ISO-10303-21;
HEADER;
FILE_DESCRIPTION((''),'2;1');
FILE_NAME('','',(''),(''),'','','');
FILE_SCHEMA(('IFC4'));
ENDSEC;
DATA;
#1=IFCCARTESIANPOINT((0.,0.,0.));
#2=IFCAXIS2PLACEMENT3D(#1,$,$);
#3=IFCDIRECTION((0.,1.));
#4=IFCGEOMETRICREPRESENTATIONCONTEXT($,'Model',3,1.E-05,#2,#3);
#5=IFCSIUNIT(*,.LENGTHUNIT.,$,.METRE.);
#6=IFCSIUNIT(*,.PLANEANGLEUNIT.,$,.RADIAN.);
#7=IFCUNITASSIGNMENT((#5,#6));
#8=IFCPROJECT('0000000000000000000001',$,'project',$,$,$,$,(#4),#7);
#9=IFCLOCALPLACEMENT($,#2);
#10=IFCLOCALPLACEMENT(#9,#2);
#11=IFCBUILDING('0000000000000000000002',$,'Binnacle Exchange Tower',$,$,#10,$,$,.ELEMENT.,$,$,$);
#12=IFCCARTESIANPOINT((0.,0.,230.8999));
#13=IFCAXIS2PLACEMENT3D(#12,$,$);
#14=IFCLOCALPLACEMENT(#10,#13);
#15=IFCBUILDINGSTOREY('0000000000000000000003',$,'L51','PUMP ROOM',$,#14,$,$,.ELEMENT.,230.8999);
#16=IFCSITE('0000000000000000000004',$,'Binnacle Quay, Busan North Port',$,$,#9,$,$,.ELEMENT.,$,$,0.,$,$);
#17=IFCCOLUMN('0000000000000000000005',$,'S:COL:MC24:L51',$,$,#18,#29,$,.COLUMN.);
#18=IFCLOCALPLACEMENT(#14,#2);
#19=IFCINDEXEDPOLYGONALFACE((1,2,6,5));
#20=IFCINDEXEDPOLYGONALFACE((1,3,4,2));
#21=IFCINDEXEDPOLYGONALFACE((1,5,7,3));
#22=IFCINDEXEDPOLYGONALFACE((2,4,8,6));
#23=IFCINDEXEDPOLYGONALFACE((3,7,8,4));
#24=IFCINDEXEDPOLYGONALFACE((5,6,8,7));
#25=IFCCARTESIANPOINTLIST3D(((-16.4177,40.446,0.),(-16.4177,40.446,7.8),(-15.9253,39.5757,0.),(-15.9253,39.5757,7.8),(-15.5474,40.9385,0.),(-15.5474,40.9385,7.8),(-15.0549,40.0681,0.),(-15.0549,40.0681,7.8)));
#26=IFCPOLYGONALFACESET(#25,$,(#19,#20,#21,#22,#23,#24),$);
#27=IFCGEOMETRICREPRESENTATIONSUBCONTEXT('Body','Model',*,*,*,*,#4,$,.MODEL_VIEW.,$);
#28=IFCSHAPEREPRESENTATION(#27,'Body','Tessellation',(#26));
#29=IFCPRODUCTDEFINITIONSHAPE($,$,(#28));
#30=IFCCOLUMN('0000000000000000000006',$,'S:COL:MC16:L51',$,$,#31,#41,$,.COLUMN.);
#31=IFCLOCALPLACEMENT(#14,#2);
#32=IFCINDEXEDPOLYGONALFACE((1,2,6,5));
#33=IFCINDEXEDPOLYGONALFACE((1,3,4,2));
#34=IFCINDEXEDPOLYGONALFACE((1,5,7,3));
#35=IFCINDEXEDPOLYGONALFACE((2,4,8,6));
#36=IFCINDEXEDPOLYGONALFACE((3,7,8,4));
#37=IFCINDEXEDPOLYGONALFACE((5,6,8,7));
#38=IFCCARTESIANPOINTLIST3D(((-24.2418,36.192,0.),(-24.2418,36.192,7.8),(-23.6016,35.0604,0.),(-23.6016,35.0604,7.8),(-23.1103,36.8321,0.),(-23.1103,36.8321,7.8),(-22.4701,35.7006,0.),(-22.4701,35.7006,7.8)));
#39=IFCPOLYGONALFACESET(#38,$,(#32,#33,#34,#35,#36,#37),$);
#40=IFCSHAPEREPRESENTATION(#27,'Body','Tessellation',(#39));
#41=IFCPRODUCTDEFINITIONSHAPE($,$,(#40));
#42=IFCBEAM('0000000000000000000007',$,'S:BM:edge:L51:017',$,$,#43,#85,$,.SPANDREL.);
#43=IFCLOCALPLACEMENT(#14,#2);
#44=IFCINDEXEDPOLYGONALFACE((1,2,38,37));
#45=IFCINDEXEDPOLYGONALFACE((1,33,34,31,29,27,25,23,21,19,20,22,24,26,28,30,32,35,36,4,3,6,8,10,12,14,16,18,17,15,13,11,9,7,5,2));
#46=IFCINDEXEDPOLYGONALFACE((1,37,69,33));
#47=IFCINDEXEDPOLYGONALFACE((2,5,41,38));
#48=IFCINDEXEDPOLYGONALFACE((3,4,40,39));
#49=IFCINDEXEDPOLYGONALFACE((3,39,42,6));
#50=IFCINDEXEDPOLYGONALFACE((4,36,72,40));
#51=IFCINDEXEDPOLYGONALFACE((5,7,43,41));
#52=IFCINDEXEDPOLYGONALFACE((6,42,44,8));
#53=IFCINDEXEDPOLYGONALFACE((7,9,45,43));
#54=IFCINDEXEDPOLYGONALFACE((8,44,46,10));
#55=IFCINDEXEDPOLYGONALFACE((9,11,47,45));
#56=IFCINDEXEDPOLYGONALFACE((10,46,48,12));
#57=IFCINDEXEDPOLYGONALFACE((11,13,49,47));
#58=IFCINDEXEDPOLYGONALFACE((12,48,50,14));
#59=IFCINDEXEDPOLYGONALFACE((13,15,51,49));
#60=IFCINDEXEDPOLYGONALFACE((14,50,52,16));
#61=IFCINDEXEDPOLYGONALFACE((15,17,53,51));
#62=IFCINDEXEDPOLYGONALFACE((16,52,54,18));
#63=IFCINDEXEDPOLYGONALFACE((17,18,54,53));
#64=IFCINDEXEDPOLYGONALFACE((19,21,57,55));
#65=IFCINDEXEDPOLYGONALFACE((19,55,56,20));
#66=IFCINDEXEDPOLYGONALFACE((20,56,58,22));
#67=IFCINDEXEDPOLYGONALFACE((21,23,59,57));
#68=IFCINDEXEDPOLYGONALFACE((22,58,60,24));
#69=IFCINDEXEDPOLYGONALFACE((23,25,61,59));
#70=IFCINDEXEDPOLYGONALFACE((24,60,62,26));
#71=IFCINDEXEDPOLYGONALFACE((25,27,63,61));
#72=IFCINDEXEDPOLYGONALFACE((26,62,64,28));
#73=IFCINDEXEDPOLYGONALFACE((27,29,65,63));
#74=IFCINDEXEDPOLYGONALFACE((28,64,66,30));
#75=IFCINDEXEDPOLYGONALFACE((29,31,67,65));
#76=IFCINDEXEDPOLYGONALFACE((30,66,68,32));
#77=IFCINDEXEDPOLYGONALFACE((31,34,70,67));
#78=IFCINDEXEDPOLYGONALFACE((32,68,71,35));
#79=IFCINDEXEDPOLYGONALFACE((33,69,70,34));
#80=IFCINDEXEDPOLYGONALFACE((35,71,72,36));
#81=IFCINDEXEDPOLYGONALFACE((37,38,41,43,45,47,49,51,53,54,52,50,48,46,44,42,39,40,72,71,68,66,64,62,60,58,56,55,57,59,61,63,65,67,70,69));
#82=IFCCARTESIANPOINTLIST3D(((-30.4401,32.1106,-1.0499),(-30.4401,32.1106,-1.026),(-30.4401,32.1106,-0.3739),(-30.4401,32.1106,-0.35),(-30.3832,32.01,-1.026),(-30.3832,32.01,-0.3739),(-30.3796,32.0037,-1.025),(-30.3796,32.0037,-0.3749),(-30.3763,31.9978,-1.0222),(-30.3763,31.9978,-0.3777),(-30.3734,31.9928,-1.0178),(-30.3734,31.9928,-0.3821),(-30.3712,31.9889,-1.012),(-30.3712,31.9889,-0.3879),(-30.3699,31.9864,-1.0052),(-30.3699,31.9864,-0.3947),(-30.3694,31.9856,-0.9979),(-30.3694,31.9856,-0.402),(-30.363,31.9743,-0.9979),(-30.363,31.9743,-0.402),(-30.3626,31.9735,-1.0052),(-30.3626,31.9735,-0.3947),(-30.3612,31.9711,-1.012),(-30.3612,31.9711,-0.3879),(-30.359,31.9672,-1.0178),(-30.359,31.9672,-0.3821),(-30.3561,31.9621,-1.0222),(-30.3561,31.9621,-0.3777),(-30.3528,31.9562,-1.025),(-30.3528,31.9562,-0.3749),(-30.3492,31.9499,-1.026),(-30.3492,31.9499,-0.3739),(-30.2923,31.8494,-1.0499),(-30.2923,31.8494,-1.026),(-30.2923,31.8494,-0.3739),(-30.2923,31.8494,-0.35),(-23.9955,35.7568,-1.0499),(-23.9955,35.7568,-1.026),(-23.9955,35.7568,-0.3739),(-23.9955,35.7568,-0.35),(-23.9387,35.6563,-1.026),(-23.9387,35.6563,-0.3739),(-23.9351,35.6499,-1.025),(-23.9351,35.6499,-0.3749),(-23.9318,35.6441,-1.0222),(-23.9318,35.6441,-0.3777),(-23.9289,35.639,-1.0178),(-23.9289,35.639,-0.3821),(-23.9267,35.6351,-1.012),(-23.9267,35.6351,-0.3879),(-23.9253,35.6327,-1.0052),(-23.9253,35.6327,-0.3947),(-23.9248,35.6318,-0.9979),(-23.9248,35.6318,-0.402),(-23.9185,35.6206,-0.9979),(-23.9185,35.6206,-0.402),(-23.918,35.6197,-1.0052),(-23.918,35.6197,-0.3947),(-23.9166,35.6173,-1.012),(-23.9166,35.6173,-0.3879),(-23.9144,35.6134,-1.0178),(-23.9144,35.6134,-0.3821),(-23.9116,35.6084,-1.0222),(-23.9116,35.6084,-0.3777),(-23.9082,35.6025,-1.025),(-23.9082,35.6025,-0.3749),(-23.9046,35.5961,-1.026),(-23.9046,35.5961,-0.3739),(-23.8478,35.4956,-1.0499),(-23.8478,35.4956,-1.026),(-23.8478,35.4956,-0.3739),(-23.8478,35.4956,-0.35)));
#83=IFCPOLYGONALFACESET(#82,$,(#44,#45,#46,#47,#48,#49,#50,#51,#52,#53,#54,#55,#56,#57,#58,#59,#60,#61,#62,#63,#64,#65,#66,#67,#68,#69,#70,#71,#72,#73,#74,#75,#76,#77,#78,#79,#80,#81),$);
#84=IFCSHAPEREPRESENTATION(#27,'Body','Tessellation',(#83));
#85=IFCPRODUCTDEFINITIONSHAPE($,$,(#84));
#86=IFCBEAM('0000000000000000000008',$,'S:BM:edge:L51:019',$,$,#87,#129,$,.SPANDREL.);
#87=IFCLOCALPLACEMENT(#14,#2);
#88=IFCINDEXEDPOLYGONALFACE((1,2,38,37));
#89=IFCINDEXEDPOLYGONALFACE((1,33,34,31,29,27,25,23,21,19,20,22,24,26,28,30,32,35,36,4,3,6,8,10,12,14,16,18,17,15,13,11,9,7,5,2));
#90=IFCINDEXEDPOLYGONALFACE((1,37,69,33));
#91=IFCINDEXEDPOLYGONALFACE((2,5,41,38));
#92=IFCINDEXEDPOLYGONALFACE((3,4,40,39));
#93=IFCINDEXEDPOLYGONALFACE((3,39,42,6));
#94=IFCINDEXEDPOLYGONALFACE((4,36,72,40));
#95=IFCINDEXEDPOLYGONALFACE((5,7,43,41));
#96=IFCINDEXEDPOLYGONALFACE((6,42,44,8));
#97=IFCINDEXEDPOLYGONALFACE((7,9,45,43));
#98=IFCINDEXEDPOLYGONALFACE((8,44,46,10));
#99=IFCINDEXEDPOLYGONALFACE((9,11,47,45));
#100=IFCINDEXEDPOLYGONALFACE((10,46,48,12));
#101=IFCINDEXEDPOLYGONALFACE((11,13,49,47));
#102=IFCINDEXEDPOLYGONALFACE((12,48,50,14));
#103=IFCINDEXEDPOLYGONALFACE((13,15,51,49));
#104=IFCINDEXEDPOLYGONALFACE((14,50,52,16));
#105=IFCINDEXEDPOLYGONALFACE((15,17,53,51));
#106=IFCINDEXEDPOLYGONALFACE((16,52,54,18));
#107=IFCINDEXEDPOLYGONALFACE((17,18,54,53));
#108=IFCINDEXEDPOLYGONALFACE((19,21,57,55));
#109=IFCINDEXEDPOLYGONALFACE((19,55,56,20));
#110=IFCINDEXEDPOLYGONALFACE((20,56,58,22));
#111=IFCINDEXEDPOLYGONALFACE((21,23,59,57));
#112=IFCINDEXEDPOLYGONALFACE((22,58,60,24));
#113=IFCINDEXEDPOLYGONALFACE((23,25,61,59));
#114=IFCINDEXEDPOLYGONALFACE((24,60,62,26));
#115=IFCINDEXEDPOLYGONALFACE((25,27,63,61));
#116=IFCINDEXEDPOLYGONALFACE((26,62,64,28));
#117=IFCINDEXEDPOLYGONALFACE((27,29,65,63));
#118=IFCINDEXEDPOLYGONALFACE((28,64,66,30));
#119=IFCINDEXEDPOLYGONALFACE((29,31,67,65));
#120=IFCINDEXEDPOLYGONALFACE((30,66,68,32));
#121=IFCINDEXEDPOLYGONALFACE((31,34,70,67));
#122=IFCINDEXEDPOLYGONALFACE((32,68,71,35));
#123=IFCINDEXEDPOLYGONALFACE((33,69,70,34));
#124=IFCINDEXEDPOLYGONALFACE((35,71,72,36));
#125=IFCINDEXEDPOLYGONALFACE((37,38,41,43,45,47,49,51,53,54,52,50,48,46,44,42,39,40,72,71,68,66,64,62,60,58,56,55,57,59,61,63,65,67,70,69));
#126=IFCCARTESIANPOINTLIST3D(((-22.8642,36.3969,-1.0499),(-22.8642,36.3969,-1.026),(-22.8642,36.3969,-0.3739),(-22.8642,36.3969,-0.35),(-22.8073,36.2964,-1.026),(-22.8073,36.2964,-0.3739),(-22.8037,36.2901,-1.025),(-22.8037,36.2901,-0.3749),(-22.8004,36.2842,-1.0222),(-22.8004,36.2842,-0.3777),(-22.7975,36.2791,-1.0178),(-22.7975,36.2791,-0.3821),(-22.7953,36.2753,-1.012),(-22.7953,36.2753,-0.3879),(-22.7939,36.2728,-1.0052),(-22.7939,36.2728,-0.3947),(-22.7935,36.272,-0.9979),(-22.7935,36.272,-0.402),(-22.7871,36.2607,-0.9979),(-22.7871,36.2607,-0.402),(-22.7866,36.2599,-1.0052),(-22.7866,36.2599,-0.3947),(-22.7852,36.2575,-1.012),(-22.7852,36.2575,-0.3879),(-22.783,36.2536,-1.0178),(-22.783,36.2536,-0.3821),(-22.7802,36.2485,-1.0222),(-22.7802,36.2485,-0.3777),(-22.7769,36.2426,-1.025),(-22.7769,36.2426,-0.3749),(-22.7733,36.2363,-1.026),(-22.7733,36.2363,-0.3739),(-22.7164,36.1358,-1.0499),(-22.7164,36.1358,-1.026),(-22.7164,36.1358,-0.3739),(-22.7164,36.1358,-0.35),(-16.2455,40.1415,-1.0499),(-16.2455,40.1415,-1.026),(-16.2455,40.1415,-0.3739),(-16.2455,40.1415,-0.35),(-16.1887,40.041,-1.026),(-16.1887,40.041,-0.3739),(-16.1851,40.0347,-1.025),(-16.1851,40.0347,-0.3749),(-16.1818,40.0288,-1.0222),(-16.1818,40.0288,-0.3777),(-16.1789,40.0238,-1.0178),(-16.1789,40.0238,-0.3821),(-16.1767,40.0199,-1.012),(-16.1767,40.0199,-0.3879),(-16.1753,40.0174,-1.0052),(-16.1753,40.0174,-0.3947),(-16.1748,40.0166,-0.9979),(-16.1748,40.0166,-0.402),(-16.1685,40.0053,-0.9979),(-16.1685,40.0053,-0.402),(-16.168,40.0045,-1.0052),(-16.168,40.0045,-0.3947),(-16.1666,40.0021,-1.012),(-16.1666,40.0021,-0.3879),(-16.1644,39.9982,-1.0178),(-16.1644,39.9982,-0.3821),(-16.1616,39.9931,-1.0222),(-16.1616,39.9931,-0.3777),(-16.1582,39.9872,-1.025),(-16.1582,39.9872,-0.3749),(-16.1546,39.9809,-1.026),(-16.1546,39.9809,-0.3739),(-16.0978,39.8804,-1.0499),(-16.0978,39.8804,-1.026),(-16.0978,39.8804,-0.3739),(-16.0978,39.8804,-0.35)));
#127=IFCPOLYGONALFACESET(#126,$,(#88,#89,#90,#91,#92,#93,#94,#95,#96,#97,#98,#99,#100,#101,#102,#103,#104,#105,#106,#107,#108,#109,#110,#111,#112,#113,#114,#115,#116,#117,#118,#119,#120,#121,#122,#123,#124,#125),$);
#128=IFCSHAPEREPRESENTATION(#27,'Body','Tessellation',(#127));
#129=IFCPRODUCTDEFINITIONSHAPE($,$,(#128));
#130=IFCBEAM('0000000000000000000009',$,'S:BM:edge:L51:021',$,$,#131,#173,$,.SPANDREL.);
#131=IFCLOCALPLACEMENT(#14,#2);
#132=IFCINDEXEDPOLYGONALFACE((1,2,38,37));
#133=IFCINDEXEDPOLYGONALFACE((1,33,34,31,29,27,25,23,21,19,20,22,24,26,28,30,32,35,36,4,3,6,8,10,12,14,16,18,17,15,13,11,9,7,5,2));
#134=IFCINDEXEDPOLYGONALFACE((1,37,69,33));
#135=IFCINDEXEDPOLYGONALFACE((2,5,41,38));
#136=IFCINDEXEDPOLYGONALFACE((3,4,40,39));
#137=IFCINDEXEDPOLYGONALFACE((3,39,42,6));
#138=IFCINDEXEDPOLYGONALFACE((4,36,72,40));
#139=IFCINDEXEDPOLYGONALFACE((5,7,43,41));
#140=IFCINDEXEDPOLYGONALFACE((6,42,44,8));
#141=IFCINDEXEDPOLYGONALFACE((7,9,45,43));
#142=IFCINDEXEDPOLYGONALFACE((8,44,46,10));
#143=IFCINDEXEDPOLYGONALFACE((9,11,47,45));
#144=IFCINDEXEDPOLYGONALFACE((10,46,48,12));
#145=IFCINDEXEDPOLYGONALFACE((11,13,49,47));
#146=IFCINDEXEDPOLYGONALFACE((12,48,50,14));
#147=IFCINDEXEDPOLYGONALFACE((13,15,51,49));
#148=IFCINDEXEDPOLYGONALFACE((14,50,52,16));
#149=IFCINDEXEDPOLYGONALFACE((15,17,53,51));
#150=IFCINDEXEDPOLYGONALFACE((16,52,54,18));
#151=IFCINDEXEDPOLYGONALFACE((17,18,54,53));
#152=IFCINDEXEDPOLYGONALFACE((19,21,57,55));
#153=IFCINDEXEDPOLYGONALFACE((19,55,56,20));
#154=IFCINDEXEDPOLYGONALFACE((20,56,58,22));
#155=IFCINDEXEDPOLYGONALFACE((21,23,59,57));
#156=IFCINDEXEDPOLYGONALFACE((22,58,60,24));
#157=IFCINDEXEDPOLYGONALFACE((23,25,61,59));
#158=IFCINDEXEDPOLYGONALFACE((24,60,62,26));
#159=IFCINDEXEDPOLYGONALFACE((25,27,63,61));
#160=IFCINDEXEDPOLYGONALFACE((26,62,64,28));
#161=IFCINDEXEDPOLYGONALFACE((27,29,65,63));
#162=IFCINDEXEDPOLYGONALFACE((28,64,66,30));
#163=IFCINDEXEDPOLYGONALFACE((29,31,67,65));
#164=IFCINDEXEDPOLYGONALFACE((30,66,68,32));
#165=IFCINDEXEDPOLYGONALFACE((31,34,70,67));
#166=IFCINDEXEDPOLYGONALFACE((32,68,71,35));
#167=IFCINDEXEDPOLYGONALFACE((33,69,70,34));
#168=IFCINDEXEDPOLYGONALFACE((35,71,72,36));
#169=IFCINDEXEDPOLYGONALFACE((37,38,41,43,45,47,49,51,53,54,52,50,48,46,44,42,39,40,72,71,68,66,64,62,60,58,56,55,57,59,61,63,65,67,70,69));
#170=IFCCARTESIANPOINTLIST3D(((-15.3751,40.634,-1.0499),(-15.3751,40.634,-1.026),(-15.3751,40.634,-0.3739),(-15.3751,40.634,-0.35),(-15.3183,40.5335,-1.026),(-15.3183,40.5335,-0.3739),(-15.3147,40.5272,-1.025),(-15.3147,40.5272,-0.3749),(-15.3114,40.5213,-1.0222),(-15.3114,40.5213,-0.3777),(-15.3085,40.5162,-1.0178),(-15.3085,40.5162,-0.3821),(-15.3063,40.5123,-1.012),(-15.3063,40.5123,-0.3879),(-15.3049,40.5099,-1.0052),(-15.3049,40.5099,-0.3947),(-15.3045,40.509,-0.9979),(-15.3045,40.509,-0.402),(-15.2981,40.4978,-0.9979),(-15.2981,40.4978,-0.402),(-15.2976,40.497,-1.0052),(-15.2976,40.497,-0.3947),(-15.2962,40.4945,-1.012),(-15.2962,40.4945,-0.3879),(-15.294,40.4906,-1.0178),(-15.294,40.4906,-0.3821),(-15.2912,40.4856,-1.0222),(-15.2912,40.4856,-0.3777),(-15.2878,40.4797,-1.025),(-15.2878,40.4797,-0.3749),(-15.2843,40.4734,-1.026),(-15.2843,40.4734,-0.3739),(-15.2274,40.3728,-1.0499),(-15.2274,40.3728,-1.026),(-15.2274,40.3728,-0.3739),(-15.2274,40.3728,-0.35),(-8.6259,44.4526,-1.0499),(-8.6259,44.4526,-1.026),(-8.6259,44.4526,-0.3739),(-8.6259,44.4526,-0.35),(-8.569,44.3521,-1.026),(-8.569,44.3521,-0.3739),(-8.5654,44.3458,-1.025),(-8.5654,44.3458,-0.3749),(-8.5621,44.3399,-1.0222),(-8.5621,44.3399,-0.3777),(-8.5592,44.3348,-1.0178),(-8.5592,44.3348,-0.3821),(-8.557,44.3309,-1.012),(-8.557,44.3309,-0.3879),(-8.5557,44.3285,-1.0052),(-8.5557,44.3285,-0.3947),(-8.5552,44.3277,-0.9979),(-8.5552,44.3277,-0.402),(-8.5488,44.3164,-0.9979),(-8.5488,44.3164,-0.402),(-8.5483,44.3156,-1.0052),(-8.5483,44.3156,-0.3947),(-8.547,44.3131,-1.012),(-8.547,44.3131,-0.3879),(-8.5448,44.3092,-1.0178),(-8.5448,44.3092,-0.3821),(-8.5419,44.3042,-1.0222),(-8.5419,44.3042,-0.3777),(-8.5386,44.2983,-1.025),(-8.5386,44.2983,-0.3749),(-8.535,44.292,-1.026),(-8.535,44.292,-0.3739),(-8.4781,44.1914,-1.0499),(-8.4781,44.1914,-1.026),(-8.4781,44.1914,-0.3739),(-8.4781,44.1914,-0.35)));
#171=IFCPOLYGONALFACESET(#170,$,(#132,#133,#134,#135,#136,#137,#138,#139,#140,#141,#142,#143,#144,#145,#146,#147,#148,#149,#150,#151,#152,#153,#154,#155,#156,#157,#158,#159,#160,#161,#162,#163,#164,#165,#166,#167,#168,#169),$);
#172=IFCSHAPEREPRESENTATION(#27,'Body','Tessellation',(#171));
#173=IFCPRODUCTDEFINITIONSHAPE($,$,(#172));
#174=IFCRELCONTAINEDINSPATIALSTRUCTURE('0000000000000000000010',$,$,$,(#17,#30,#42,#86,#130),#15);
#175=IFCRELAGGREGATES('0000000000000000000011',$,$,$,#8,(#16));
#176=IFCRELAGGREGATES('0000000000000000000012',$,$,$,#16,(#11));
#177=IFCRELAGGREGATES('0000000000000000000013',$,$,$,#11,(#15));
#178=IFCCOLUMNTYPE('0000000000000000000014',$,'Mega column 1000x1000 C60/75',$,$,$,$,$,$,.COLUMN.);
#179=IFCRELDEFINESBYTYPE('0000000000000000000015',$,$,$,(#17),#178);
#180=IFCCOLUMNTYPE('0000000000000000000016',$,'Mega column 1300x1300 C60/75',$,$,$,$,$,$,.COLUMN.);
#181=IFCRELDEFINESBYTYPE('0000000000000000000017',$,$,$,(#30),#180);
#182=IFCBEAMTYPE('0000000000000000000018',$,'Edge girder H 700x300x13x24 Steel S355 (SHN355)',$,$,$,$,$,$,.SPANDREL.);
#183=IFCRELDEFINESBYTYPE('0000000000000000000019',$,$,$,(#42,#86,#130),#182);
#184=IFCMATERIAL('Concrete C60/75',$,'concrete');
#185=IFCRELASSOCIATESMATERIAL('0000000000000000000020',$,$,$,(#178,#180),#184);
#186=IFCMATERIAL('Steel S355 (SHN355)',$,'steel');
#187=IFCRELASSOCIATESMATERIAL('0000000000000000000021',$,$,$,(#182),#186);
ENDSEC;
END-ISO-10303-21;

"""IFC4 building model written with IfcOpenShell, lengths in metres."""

from ifc_helpers import new_model, si_unit, direction, frame, origin, origin_2d, place, context, subcontext, project, spatial, rectangle, i_section, extrude, material, material_profile, profile_set, type_object, element, save


model = new_model("IFC4")

# Units and contexts
model_context = context("Model", 3, precision=1e-05, world=origin(), true_north=direction((0.0, 1.0)))
body_context = subcontext(model_context, "Body", "Model", "MODEL_VIEW")
ifc_project = project(units=[si_unit("LENGTHUNIT", "METRE"), si_unit("PLANEANGLEUNIT", "RADIAN")], contexts=[model_context])

# Site, building, storey
site_placement = place(None, origin())
site = spatial("IfcSite", under=ifc_project, at=site_placement, Name="Binnacle Quay, Busan North Port", CompositionType="ELEMENT", RefElevation=0.0)
building_placement = place(site_placement, origin())
building = spatial("IfcBuilding", under=site, at=building_placement, Name="Binnacle Exchange Tower", CompositionType="ELEMENT")
storey_placement = place(building_placement, frame((0.0, 0.0, 230.8999)))
storey = spatial("IfcBuildingStorey", under=building, at=storey_placement, Name="L51", Description="PUMP ROOM", CompositionType="ELEMENT", Elevation=230.8999)

# Columns
ifc_material_1 = material(Name="Concrete C60/75", Category="concrete")
ifc_material_profile_1 = material_profile(ifc_material_1, rectangle(XDim=1.0, YDim=1.0, at=origin_2d()), Name="Mega column 1000x1000 C60/75")
ifc_profile_set_1 = profile_set([ifc_material_profile_1], Name="Concrete C60/75")
column_type_1 = type_object("IfcColumnType", Name="Mega column 1000x1000 C60/75", PredefinedType="COLUMN", material=ifc_profile_set_1)
column_1_placement = place(storey_placement, frame((-15.7363, 40.2571, 0.0), z_axis=(0.0, 0.0, 1.0), x_axis=(0.870356, 0.492424, 0.0)))
element("IfcColumn", 1, at=column_1_placement, inside=storey, type_object=column_type_1, Name="S:COL:MC24:L51", PredefinedType="COLUMN", context=body_context, shape_type="SweptSolid", body=[
    extrude(rectangle(XDim=1.0, YDim=1.0, at=origin_2d()), origin(), (0.0, 0.0, 1.0), 7.8),
])
ifc_material_profile_2 = material_profile(ifc_material_1, rectangle(XDim=1.3, YDim=1.3, at=origin_2d()), Name="Mega column 1300x1300 C60/75")
ifc_profile_set_2 = profile_set([ifc_material_profile_2], Name="Concrete C60/75")
column_type_2 = type_object("IfcColumnType", Name="Mega column 1300x1300 C60/75", PredefinedType="COLUMN", material=ifc_profile_set_2)
column_2_placement = place(storey_placement, frame((-23.356, 35.9463, 0.0), z_axis=(0.0, 0.0, 1.0), x_axis=(0.870356, 0.492424, 0.0)))
element("IfcColumn", 2, at=column_2_placement, inside=storey, type_object=column_type_2, Name="S:COL:MC16:L51", PredefinedType="COLUMN", context=body_context, shape_type="SweptSolid", body=[
    extrude(rectangle(XDim=1.3, YDim=1.3, at=origin_2d()), origin(), (0.0, 0.0, 1.0), 7.8),
])

# Beams
ifc_material_2 = material(Name="Steel S355 (SHN355)", Category="steel")
ifc_material_profile_3 = material_profile(ifc_material_2, i_section(OverallWidth=0.3, OverallDepth=0.7, WebThickness=0.0129, FlangeThickness=0.0239, FilletRadius=0.0281, at=origin_2d()), Name="H 700x300x13x24")
ifc_profile_set_3 = profile_set([ifc_material_profile_3], Name="Steel S355 (SHN355)")
beam_type_1 = type_object("IfcBeamType", Name="Edge girder H 700x300x13x24 Steel S355 (SHN355)", PredefinedType="SPANDREL", material=ifc_profile_set_3)
beam_1_placement = place(storey_placement, frame((-30.3662, 31.98, -0.7), z_axis=(0.870352, 0.492431, 0.0), x_axis=(-0.492431, 0.870352, 0.0)))
element("IfcBeam", 3, at=beam_1_placement, inside=storey, type_object=beam_type_1, Name="S:BM:edge:L51:017", PredefinedType="SPANDREL", context=body_context, shape_type="SweptSolid", body=[
    extrude(i_section(OverallWidth=0.3, OverallDepth=0.7, WebThickness=0.0129, FlangeThickness=0.0239, FilletRadius=0.0281, at=origin_2d()), origin(), (0.0, 0.0, 1.0), 7.4045),
])
beam_2_placement = place(storey_placement, frame((-22.7903, 36.2664, -0.7), z_axis=(0.870357, 0.492421, 0.0), x_axis=(-0.492421, 0.870357, 0.0)))
element("IfcBeam", 4, at=beam_2_placement, inside=storey, type_object=beam_type_1, Name="S:BM:edge:L51:019", PredefinedType="SPANDREL", context=body_context, shape_type="SweptSolid", body=[
    extrude(i_section(OverallWidth=0.3, OverallDepth=0.7, WebThickness=0.0129, FlangeThickness=0.0239, FilletRadius=0.0281, at=origin_2d()), origin(), (0.0, 0.0, 1.0), 7.6045),
])
beam_3_placement = place(storey_placement, frame((-15.3013, 40.5034, -0.7), z_axis=(0.870353, 0.492429, 0.0), x_axis=(-0.492429, 0.870353, 0.0)))
element("IfcBeam", 5, at=beam_3_placement, inside=storey, type_object=beam_type_1, Name="S:BM:edge:L51:021", PredefinedType="SPANDREL", context=body_context, shape_type="SweptSolid", body=[
    extrude(i_section(OverallWidth=0.3, OverallDepth=0.7, WebThickness=0.0129, FlangeThickness=0.0239, FilletRadius=0.0281, at=origin_2d()), origin(), (0.0, 0.0, 1.0), 7.7546),
])

save(model, "model.ifc")
